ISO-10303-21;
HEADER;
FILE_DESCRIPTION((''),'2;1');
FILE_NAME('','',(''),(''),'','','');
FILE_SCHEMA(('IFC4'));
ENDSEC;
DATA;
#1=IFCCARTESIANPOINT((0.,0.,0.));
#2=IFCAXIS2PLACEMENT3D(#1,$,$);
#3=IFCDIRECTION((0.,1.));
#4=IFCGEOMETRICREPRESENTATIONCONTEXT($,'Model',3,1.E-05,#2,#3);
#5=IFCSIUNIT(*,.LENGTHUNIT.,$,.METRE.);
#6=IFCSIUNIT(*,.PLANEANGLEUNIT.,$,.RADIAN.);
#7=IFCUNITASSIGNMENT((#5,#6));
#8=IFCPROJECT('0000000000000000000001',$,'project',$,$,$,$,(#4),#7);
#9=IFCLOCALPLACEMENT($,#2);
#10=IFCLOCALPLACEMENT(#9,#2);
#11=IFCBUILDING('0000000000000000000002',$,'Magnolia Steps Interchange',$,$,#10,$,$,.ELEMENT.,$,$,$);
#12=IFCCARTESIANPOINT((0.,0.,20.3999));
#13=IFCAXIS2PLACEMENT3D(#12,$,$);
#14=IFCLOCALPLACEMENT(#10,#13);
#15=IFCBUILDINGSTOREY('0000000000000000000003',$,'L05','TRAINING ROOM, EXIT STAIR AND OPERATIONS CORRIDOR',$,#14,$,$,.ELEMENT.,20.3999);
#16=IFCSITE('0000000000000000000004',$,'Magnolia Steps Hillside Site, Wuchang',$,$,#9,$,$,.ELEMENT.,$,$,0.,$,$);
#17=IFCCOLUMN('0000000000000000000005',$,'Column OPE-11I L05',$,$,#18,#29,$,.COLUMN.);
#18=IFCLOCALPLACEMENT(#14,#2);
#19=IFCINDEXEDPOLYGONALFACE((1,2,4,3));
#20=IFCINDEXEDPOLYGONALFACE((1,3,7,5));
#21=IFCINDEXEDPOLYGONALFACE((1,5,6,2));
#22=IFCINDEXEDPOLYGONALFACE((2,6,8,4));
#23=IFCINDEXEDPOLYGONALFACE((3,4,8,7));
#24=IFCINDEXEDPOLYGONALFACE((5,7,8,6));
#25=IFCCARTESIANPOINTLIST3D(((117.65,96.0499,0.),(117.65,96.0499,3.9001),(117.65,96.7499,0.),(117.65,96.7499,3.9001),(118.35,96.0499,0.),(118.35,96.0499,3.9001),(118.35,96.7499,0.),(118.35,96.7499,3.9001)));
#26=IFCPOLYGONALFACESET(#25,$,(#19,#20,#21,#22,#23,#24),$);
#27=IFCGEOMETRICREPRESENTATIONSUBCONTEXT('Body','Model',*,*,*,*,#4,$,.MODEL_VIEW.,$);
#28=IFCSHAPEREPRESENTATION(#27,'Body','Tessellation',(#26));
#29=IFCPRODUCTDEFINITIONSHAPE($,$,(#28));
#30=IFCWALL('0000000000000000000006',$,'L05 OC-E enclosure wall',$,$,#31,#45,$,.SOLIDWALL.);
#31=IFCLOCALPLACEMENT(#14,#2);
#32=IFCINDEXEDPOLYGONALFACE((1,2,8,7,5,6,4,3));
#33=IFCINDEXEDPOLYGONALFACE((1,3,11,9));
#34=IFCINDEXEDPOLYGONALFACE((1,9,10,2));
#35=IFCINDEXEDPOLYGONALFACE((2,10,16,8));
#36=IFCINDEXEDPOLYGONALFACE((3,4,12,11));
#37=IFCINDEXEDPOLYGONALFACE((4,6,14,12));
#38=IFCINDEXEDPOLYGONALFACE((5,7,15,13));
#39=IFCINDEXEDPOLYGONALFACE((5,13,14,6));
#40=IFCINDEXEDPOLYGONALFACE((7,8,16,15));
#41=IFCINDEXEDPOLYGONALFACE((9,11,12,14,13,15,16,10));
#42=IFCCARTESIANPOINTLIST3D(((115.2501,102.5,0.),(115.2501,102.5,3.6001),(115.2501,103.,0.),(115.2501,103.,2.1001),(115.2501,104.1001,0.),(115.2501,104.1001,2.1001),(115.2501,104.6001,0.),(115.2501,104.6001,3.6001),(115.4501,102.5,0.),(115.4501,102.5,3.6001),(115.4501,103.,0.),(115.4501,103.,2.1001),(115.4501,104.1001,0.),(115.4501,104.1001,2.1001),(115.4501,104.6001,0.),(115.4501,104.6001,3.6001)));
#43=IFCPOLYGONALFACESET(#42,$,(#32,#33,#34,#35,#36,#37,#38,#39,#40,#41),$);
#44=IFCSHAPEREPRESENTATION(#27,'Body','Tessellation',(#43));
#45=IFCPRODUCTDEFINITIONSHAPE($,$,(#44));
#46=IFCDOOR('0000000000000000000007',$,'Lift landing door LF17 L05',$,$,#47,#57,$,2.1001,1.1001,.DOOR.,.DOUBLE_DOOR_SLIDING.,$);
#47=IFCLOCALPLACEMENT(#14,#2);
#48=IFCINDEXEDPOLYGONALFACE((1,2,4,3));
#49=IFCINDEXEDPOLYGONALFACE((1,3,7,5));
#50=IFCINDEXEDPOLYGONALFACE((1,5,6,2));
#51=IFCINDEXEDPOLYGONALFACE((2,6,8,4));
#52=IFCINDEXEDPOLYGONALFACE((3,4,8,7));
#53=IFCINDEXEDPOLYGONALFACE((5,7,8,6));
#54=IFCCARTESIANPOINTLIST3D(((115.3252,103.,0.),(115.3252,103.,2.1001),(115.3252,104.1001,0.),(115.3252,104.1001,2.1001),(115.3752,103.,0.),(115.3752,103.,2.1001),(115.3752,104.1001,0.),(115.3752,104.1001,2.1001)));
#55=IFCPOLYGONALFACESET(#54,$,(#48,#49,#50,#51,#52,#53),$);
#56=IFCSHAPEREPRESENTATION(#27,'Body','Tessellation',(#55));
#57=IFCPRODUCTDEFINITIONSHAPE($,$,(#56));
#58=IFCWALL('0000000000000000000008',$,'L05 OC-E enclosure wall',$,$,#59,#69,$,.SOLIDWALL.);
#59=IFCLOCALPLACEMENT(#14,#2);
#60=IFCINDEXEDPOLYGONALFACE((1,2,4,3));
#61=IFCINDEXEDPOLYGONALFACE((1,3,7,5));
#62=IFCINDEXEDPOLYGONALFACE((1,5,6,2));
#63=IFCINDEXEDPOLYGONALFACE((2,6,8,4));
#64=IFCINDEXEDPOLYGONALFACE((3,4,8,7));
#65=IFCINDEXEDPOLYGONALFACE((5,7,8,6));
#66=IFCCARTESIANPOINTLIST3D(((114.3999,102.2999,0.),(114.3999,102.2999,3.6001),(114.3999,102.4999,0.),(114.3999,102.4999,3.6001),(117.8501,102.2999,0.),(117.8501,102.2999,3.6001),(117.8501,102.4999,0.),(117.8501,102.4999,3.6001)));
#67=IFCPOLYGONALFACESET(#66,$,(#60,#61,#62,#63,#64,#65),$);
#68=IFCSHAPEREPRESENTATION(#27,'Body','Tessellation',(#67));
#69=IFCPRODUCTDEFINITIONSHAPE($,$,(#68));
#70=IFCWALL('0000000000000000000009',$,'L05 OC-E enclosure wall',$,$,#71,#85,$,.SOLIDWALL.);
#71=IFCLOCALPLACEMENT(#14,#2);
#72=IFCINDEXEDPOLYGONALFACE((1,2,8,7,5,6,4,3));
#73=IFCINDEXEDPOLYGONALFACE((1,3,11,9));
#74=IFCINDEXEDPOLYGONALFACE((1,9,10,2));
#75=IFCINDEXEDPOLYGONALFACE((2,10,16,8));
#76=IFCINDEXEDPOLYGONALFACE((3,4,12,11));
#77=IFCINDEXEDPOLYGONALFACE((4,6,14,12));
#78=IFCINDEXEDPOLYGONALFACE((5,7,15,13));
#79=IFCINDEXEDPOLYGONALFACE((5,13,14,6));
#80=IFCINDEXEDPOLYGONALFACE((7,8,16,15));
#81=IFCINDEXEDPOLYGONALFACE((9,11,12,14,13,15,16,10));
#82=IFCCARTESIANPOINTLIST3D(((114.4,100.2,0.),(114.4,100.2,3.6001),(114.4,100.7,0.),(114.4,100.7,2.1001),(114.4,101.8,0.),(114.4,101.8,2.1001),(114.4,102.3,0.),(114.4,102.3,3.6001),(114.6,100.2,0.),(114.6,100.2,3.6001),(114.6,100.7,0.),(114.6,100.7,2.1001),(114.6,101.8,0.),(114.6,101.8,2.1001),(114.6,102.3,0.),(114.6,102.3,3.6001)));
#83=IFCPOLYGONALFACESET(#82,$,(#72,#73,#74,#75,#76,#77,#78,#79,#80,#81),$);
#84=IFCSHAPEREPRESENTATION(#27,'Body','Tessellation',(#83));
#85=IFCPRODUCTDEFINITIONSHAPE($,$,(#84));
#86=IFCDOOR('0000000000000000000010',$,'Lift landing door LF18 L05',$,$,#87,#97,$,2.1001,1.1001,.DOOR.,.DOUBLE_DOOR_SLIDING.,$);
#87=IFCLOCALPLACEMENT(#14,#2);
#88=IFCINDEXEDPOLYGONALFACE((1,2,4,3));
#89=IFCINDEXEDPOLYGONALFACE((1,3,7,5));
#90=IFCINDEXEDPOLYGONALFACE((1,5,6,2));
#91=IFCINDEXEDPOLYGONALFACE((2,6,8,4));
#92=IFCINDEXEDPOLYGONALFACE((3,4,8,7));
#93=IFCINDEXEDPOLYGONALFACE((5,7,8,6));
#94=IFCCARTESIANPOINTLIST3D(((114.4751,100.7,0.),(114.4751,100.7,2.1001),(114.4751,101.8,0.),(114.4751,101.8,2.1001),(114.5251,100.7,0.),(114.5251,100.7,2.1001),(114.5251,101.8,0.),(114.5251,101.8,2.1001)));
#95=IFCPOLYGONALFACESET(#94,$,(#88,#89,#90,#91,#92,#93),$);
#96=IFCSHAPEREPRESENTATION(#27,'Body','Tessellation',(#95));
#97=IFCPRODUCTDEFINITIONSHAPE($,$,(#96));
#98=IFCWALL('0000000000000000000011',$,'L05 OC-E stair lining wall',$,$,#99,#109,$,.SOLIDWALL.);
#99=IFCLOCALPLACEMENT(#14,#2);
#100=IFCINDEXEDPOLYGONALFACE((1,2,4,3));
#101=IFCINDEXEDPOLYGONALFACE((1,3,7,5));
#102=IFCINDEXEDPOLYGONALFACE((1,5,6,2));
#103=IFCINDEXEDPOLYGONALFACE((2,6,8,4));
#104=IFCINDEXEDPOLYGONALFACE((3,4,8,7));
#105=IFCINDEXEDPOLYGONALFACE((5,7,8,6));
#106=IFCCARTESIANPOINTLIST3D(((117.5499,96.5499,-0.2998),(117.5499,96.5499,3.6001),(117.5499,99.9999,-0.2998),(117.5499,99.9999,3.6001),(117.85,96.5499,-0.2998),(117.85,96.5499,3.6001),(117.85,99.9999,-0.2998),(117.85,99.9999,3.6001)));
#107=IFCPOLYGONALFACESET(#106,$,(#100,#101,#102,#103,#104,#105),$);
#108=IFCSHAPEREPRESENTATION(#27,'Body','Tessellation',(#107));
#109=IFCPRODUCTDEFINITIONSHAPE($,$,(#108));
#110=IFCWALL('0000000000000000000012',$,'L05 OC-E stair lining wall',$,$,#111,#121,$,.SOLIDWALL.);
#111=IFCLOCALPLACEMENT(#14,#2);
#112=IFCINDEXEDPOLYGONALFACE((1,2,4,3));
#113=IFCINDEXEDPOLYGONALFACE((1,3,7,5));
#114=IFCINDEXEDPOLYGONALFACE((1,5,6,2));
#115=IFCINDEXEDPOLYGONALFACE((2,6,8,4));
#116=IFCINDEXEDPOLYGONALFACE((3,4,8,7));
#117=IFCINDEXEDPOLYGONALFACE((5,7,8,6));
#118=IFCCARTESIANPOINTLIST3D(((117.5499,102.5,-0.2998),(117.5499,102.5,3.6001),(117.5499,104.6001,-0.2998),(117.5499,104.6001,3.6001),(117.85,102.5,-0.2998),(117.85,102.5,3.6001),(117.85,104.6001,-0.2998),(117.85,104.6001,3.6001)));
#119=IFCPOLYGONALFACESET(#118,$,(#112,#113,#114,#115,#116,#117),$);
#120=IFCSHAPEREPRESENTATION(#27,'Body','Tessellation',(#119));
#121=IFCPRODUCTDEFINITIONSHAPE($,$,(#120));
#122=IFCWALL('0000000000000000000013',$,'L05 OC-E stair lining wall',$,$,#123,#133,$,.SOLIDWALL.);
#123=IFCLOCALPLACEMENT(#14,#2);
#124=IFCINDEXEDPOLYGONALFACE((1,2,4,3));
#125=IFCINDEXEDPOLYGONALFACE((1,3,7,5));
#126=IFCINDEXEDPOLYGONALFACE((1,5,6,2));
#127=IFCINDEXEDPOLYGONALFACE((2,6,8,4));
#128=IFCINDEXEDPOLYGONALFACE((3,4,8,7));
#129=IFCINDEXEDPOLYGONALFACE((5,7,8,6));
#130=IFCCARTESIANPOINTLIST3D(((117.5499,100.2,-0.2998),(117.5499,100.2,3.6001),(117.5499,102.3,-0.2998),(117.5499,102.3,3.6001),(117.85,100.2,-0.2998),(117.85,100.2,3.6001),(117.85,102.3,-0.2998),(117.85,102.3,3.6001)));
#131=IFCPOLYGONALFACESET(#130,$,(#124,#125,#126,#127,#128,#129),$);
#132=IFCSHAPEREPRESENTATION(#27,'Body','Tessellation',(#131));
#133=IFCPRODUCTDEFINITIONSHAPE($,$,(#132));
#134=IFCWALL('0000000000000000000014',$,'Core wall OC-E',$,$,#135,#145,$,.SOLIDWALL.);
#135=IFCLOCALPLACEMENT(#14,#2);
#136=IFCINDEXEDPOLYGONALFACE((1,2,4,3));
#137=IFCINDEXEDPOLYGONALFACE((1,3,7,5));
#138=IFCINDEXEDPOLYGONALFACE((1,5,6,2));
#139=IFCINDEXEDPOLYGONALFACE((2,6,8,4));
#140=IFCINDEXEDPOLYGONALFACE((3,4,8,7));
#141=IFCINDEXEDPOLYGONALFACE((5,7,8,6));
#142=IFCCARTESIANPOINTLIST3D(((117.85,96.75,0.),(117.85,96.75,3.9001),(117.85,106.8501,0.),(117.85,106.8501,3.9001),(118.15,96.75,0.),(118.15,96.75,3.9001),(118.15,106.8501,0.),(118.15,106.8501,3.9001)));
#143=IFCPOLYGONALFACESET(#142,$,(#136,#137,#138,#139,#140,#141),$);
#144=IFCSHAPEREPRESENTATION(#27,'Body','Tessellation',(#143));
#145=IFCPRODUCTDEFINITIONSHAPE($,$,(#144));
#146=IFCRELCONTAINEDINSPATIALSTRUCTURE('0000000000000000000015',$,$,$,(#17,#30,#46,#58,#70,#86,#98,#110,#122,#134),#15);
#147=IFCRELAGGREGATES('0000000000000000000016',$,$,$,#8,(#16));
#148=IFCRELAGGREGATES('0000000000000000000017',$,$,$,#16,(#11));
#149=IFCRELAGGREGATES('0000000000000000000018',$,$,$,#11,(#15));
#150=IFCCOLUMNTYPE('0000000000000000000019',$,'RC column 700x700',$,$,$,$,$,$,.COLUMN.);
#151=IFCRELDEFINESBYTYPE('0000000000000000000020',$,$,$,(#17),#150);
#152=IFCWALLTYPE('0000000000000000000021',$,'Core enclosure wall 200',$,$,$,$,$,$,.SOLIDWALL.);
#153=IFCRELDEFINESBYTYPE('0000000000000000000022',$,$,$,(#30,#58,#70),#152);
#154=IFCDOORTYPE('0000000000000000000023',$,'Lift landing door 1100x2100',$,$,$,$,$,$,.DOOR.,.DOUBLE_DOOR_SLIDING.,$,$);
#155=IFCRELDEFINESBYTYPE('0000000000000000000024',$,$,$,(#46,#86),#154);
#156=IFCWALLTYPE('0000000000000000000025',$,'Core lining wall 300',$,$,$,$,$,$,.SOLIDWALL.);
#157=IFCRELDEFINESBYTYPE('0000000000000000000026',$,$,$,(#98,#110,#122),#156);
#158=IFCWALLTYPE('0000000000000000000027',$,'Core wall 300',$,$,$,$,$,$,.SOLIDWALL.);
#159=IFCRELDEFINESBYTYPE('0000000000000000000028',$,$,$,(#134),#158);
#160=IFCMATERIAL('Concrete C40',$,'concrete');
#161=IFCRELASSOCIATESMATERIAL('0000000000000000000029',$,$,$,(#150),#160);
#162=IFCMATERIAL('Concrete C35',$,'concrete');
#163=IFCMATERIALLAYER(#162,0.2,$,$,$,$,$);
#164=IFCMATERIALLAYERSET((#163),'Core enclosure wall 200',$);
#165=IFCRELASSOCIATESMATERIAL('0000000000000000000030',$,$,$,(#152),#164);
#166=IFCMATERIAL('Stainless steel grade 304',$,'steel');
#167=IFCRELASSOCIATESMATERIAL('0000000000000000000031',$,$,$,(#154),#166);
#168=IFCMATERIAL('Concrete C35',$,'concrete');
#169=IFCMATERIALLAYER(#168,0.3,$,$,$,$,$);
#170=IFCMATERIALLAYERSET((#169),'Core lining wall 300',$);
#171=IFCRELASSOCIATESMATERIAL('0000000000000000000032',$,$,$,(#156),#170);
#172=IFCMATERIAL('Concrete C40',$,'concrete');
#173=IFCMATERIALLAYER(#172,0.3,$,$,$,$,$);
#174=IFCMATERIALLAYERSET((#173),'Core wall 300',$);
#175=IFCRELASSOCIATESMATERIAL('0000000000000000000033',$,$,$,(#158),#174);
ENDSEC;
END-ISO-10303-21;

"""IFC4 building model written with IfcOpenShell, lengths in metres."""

from ifc_helpers import new_model, si_unit, direction, frame, frame_2d, origin, origin_2d, place, context, subcontext, project, spatial, rectangle, extrude, material, layer, layer_set, material_profile, profile_set, type_object, element, fill, save


model = new_model("IFC4")

# Units and contexts
model_context = context("Model", 3, precision=1e-05, world=origin(), true_north=direction((0.0, 1.0)))
body_context = subcontext(model_context, "Body", "Model", "MODEL_VIEW")
ifc_project = project(units=[si_unit("LENGTHUNIT", "METRE"), si_unit("PLANEANGLEUNIT", "RADIAN")], contexts=[model_context])

# Site, building, storey
site_placement = place(None, origin())
site = spatial("IfcSite", under=ifc_project, at=site_placement, Name="Magnolia Steps Hillside Site, Wuchang", CompositionType="ELEMENT", RefElevation=0.0)
building_placement = place(site_placement, origin())
building = spatial("IfcBuilding", under=site, at=building_placement, Name="Magnolia Steps Interchange", CompositionType="ELEMENT")
storey_placement = place(building_placement, frame((0.0, 0.0, 20.3999)))
storey = spatial("IfcBuildingStorey", under=building, at=storey_placement, Name="L05", Description="TRAINING ROOM, EXIT STAIR AND OPERATIONS CORRIDOR", CompositionType="ELEMENT", Elevation=20.3999)

# Column
ifc_material_1 = material(Name="Concrete C40", Category="concrete")
ifc_material_profile = material_profile(ifc_material_1, rectangle(XDim=0.7, YDim=0.7, at=origin_2d()), Name="RC700x700")
ifc_profile_set = profile_set([ifc_material_profile], Name="Concrete C40")
column_type = type_object("IfcColumnType", Name="RC column 700x700", PredefinedType="COLUMN", material=ifc_profile_set)
column_placement = place(storey_placement, frame((118.0, 96.3999, 0.0), z_axis=(0.0, 0.0, 1.0), x_axis=(1.0, 0.0, 0.0)))
element("IfcColumn", 1, at=column_placement, inside=storey, type_object=column_type, Name="Column OPE-11I L05", PredefinedType="COLUMN", context=body_context, shape_type="SweptSolid", body=[
    extrude(rectangle(XDim=0.7, YDim=0.7, at=origin_2d()), origin(), (0.0, 0.0, 1.0), 3.9001),
])

# Wall, opening, door
ifc_material_2 = material(Name="Concrete C35", Category="concrete")
ifc_layer_1 = layer(ifc_material_2, 0.2)
ifc_layer_set_1 = layer_set([ifc_layer_1], Name="Core enclosure wall 200")
wall_type_1 = type_object("IfcWallType", Name="Core enclosure wall 200", PredefinedType="SOLIDWALL", material=ifc_layer_set_1)
wall_1_placement = place(storey_placement, frame((115.3501, 104.6001, 0.0), z_axis=(0.0, 0.0, 1.0), x_axis=(0.0, -1.0, 0.0)))
wall_1 = element("IfcWall", 2, at=wall_1_placement, inside=storey, type_object=wall_type_1, Name="L05 OC-E enclosure wall", PredefinedType="SOLIDWALL", context=body_context, shape_type="SweptSolid", body=[
    extrude(rectangle(XDim=2.1001, YDim=0.2, at=frame_2d((1.05, 0.0))), origin(), (0.0, 0.0, 1.0), 3.6001),
])
opening_1_placement = place(wall_1_placement, frame((0.5, 0.0, 0.0)))
opening_1 = element("IfcOpeningElement", 3, at=opening_1_placement, cuts=wall_1, PredefinedType="OPENING", context=body_context, shape_type="SweptSolid", body=[
    extrude(rectangle(XDim=1.1001, YDim=2.1001, at=frame_2d((0.55, 1.05))), frame((0.0, 0.1099, 0.0), z_axis=(0.0, -1.0, 0.0), x_axis=(1.0, 0.0, 0.0)), (0.0, 0.0, 1.0), 0.22),
])
ifc_material_3 = material(Name="Stainless steel grade 304", Category="steel")
door_type_1 = type_object("IfcDoorType", Name="Lift landing door 1100x2100", OperationType="DOUBLE_DOOR_SLIDING", PredefinedType="DOOR", material=ifc_material_3)
door_1_placement = place(opening_1_placement, frame((1.1001, 0.0, 0.0), z_axis=(0.0, 0.0, 1.0), x_axis=(-1.0, 0.0, 0.0)))
door_1 = element("IfcDoor", 4, at=door_1_placement, inside=storey, type_object=door_type_1, Name="Lift landing door LF17 L05", OperationType="DOUBLE_DOOR_SLIDING", OverallHeight=2.1001, OverallWidth=1.1001, PredefinedType="DOOR", context=body_context, shape_type="SweptSolid", body=[
    extrude(rectangle(XDim=1.1001, YDim=2.1001, at=frame_2d((0.55, 1.05))), frame((0.0, 0.0249, 0.0), z_axis=(0.0, -1.0, 0.0), x_axis=(1.0, 0.0, 0.0)), (0.0, 0.0, 1.0), 0.05),
])
fill(opening_1, door_1)

# Wall
wall_2_placement = place(storey_placement, frame((114.3999, 102.3999, 0.0), z_axis=(0.0, 0.0, 1.0), x_axis=(1.0, 0.0, 0.0)))
element("IfcWall", 5, at=wall_2_placement, inside=storey, type_object=wall_type_1, Name="L05 OC-E enclosure wall", PredefinedType="SOLIDWALL", context=body_context, shape_type="SweptSolid", body=[
    extrude(rectangle(XDim=3.4502, YDim=0.2, at=frame_2d((1.7251, 0.0))), origin(), (0.0, 0.0, 1.0), 3.6001),
])

# Wall, opening, door
wall_3_placement = place(storey_placement, frame((114.5, 102.3, 0.0), z_axis=(0.0, 0.0, 1.0), x_axis=(0.0, -1.0, 0.0)))
wall_3 = element("IfcWall", 6, at=wall_3_placement, inside=storey, type_object=wall_type_1, Name="L05 OC-E enclosure wall", PredefinedType="SOLIDWALL", context=body_context, shape_type="SweptSolid", body=[
    extrude(rectangle(XDim=2.1001, YDim=0.2, at=frame_2d((1.05, 0.0))), origin(), (0.0, 0.0, 1.0), 3.6001),
])
opening_2_placement = place(wall_3_placement, frame((0.5, 0.0, 0.0)))
opening_2 = element("IfcOpeningElement", 7, at=opening_2_placement, cuts=wall_3, PredefinedType="OPENING", context=body_context, shape_type="SweptSolid", body=[
    extrude(rectangle(XDim=1.1001, YDim=2.1001, at=frame_2d((0.55, 1.05))), frame((0.0, 0.1099, 0.0), z_axis=(0.0, -1.0, 0.0), x_axis=(1.0, 0.0, 0.0)), (0.0, 0.0, 1.0), 0.22),
])
door_2_placement = place(opening_2_placement, frame((1.1001, 0.0, 0.0), z_axis=(0.0, 0.0, 1.0), x_axis=(-1.0, 0.0, 0.0)))
door_2 = element("IfcDoor", 8, at=door_2_placement, inside=storey, type_object=door_type_1, Name="Lift landing door LF18 L05", OperationType="DOUBLE_DOOR_SLIDING", OverallHeight=2.1001, OverallWidth=1.1001, PredefinedType="DOOR", context=body_context, shape_type="SweptSolid", body=[
    extrude(rectangle(XDim=1.1001, YDim=2.1001, at=frame_2d((0.55, 1.05))), frame((0.0, 0.0249, 0.0), z_axis=(0.0, -1.0, 0.0), x_axis=(1.0, 0.0, 0.0)), (0.0, 0.0, 1.0), 0.05),
])
fill(opening_2, door_2)

# Walls
ifc_material_4 = material(Name="Concrete C35", Category="concrete")
ifc_layer_2 = layer(ifc_material_4, 0.3)
ifc_layer_set_2 = layer_set([ifc_layer_2], Name="Core lining wall 300")
wall_type_2 = type_object("IfcWallType", Name="Core lining wall 300", PredefinedType="SOLIDWALL", material=ifc_layer_set_2)
wall_4_placement = place(storey_placement, frame((117.7, 100.0, -0.2998), z_axis=(0.0, 0.0, 1.0), x_axis=(0.0, -1.0, 0.0)))
element("IfcWall", 9, at=wall_4_placement, inside=storey, type_object=wall_type_2, Name="L05 OC-E stair lining wall", PredefinedType="SOLIDWALL", context=body_context, shape_type="SweptSolid", body=[
    extrude(rectangle(XDim=3.45, YDim=0.3, at=frame_2d((1.7251, 0.0))), origin(), (0.0, 0.0, 1.0), 3.8999),
])
for number, where, z_axis, x_axis, name in (
    (10, (117.7, 104.6001, -0.2998), (0.0, 0.0, 1.0), (0.0, -1.0, 0.0), "L05 OC-E stair lining wall"),
    (11, (117.7, 102.3, -0.2998), (0.0, 0.0, 1.0), (0.0, -1.0, 0.0), "L05 OC-E stair lining wall"),
):
    element("IfcWall", number, at=place(storey_placement, frame(where, z_axis=z_axis, x_axis=x_axis)), inside=storey, type_object=wall_type_2, Name=name, PredefinedType="SOLIDWALL", context=body_context, shape_type="SweptSolid", body=[
        extrude(rectangle(XDim=2.1001, YDim=0.3, at=frame_2d((1.05, 0.0))), origin(), (0.0, 0.0, 1.0), 3.8999),
    ])
ifc_material_5 = material(Name="Concrete C40", Category="concrete")
ifc_layer_3 = layer(ifc_material_5, 0.3)
ifc_layer_set_3 = layer_set([ifc_layer_3], Name="Core wall 300")
wall_type_3 = type_object("IfcWallType", Name="Core wall 300", PredefinedType="SOLIDWALL", material=ifc_layer_set_3)
wall_5_placement = place(storey_placement, frame((118.0, 96.75, 0.0), z_axis=(0.0, 0.0, 1.0), x_axis=(0.0, 1.0, 0.0)))
element("IfcWall", 12, at=wall_5_placement, inside=storey, type_object=wall_type_3, Name="Core wall OC-E", PredefinedType="SOLIDWALL", context=body_context, shape_type="SweptSolid", body=[
    extrude(rectangle(XDim=10.1001, YDim=0.3, at=frame_2d((5.05, 0.0))), origin(), (0.0, 0.0, 1.0), 3.9001),
])

save(model, "model.ifc")
